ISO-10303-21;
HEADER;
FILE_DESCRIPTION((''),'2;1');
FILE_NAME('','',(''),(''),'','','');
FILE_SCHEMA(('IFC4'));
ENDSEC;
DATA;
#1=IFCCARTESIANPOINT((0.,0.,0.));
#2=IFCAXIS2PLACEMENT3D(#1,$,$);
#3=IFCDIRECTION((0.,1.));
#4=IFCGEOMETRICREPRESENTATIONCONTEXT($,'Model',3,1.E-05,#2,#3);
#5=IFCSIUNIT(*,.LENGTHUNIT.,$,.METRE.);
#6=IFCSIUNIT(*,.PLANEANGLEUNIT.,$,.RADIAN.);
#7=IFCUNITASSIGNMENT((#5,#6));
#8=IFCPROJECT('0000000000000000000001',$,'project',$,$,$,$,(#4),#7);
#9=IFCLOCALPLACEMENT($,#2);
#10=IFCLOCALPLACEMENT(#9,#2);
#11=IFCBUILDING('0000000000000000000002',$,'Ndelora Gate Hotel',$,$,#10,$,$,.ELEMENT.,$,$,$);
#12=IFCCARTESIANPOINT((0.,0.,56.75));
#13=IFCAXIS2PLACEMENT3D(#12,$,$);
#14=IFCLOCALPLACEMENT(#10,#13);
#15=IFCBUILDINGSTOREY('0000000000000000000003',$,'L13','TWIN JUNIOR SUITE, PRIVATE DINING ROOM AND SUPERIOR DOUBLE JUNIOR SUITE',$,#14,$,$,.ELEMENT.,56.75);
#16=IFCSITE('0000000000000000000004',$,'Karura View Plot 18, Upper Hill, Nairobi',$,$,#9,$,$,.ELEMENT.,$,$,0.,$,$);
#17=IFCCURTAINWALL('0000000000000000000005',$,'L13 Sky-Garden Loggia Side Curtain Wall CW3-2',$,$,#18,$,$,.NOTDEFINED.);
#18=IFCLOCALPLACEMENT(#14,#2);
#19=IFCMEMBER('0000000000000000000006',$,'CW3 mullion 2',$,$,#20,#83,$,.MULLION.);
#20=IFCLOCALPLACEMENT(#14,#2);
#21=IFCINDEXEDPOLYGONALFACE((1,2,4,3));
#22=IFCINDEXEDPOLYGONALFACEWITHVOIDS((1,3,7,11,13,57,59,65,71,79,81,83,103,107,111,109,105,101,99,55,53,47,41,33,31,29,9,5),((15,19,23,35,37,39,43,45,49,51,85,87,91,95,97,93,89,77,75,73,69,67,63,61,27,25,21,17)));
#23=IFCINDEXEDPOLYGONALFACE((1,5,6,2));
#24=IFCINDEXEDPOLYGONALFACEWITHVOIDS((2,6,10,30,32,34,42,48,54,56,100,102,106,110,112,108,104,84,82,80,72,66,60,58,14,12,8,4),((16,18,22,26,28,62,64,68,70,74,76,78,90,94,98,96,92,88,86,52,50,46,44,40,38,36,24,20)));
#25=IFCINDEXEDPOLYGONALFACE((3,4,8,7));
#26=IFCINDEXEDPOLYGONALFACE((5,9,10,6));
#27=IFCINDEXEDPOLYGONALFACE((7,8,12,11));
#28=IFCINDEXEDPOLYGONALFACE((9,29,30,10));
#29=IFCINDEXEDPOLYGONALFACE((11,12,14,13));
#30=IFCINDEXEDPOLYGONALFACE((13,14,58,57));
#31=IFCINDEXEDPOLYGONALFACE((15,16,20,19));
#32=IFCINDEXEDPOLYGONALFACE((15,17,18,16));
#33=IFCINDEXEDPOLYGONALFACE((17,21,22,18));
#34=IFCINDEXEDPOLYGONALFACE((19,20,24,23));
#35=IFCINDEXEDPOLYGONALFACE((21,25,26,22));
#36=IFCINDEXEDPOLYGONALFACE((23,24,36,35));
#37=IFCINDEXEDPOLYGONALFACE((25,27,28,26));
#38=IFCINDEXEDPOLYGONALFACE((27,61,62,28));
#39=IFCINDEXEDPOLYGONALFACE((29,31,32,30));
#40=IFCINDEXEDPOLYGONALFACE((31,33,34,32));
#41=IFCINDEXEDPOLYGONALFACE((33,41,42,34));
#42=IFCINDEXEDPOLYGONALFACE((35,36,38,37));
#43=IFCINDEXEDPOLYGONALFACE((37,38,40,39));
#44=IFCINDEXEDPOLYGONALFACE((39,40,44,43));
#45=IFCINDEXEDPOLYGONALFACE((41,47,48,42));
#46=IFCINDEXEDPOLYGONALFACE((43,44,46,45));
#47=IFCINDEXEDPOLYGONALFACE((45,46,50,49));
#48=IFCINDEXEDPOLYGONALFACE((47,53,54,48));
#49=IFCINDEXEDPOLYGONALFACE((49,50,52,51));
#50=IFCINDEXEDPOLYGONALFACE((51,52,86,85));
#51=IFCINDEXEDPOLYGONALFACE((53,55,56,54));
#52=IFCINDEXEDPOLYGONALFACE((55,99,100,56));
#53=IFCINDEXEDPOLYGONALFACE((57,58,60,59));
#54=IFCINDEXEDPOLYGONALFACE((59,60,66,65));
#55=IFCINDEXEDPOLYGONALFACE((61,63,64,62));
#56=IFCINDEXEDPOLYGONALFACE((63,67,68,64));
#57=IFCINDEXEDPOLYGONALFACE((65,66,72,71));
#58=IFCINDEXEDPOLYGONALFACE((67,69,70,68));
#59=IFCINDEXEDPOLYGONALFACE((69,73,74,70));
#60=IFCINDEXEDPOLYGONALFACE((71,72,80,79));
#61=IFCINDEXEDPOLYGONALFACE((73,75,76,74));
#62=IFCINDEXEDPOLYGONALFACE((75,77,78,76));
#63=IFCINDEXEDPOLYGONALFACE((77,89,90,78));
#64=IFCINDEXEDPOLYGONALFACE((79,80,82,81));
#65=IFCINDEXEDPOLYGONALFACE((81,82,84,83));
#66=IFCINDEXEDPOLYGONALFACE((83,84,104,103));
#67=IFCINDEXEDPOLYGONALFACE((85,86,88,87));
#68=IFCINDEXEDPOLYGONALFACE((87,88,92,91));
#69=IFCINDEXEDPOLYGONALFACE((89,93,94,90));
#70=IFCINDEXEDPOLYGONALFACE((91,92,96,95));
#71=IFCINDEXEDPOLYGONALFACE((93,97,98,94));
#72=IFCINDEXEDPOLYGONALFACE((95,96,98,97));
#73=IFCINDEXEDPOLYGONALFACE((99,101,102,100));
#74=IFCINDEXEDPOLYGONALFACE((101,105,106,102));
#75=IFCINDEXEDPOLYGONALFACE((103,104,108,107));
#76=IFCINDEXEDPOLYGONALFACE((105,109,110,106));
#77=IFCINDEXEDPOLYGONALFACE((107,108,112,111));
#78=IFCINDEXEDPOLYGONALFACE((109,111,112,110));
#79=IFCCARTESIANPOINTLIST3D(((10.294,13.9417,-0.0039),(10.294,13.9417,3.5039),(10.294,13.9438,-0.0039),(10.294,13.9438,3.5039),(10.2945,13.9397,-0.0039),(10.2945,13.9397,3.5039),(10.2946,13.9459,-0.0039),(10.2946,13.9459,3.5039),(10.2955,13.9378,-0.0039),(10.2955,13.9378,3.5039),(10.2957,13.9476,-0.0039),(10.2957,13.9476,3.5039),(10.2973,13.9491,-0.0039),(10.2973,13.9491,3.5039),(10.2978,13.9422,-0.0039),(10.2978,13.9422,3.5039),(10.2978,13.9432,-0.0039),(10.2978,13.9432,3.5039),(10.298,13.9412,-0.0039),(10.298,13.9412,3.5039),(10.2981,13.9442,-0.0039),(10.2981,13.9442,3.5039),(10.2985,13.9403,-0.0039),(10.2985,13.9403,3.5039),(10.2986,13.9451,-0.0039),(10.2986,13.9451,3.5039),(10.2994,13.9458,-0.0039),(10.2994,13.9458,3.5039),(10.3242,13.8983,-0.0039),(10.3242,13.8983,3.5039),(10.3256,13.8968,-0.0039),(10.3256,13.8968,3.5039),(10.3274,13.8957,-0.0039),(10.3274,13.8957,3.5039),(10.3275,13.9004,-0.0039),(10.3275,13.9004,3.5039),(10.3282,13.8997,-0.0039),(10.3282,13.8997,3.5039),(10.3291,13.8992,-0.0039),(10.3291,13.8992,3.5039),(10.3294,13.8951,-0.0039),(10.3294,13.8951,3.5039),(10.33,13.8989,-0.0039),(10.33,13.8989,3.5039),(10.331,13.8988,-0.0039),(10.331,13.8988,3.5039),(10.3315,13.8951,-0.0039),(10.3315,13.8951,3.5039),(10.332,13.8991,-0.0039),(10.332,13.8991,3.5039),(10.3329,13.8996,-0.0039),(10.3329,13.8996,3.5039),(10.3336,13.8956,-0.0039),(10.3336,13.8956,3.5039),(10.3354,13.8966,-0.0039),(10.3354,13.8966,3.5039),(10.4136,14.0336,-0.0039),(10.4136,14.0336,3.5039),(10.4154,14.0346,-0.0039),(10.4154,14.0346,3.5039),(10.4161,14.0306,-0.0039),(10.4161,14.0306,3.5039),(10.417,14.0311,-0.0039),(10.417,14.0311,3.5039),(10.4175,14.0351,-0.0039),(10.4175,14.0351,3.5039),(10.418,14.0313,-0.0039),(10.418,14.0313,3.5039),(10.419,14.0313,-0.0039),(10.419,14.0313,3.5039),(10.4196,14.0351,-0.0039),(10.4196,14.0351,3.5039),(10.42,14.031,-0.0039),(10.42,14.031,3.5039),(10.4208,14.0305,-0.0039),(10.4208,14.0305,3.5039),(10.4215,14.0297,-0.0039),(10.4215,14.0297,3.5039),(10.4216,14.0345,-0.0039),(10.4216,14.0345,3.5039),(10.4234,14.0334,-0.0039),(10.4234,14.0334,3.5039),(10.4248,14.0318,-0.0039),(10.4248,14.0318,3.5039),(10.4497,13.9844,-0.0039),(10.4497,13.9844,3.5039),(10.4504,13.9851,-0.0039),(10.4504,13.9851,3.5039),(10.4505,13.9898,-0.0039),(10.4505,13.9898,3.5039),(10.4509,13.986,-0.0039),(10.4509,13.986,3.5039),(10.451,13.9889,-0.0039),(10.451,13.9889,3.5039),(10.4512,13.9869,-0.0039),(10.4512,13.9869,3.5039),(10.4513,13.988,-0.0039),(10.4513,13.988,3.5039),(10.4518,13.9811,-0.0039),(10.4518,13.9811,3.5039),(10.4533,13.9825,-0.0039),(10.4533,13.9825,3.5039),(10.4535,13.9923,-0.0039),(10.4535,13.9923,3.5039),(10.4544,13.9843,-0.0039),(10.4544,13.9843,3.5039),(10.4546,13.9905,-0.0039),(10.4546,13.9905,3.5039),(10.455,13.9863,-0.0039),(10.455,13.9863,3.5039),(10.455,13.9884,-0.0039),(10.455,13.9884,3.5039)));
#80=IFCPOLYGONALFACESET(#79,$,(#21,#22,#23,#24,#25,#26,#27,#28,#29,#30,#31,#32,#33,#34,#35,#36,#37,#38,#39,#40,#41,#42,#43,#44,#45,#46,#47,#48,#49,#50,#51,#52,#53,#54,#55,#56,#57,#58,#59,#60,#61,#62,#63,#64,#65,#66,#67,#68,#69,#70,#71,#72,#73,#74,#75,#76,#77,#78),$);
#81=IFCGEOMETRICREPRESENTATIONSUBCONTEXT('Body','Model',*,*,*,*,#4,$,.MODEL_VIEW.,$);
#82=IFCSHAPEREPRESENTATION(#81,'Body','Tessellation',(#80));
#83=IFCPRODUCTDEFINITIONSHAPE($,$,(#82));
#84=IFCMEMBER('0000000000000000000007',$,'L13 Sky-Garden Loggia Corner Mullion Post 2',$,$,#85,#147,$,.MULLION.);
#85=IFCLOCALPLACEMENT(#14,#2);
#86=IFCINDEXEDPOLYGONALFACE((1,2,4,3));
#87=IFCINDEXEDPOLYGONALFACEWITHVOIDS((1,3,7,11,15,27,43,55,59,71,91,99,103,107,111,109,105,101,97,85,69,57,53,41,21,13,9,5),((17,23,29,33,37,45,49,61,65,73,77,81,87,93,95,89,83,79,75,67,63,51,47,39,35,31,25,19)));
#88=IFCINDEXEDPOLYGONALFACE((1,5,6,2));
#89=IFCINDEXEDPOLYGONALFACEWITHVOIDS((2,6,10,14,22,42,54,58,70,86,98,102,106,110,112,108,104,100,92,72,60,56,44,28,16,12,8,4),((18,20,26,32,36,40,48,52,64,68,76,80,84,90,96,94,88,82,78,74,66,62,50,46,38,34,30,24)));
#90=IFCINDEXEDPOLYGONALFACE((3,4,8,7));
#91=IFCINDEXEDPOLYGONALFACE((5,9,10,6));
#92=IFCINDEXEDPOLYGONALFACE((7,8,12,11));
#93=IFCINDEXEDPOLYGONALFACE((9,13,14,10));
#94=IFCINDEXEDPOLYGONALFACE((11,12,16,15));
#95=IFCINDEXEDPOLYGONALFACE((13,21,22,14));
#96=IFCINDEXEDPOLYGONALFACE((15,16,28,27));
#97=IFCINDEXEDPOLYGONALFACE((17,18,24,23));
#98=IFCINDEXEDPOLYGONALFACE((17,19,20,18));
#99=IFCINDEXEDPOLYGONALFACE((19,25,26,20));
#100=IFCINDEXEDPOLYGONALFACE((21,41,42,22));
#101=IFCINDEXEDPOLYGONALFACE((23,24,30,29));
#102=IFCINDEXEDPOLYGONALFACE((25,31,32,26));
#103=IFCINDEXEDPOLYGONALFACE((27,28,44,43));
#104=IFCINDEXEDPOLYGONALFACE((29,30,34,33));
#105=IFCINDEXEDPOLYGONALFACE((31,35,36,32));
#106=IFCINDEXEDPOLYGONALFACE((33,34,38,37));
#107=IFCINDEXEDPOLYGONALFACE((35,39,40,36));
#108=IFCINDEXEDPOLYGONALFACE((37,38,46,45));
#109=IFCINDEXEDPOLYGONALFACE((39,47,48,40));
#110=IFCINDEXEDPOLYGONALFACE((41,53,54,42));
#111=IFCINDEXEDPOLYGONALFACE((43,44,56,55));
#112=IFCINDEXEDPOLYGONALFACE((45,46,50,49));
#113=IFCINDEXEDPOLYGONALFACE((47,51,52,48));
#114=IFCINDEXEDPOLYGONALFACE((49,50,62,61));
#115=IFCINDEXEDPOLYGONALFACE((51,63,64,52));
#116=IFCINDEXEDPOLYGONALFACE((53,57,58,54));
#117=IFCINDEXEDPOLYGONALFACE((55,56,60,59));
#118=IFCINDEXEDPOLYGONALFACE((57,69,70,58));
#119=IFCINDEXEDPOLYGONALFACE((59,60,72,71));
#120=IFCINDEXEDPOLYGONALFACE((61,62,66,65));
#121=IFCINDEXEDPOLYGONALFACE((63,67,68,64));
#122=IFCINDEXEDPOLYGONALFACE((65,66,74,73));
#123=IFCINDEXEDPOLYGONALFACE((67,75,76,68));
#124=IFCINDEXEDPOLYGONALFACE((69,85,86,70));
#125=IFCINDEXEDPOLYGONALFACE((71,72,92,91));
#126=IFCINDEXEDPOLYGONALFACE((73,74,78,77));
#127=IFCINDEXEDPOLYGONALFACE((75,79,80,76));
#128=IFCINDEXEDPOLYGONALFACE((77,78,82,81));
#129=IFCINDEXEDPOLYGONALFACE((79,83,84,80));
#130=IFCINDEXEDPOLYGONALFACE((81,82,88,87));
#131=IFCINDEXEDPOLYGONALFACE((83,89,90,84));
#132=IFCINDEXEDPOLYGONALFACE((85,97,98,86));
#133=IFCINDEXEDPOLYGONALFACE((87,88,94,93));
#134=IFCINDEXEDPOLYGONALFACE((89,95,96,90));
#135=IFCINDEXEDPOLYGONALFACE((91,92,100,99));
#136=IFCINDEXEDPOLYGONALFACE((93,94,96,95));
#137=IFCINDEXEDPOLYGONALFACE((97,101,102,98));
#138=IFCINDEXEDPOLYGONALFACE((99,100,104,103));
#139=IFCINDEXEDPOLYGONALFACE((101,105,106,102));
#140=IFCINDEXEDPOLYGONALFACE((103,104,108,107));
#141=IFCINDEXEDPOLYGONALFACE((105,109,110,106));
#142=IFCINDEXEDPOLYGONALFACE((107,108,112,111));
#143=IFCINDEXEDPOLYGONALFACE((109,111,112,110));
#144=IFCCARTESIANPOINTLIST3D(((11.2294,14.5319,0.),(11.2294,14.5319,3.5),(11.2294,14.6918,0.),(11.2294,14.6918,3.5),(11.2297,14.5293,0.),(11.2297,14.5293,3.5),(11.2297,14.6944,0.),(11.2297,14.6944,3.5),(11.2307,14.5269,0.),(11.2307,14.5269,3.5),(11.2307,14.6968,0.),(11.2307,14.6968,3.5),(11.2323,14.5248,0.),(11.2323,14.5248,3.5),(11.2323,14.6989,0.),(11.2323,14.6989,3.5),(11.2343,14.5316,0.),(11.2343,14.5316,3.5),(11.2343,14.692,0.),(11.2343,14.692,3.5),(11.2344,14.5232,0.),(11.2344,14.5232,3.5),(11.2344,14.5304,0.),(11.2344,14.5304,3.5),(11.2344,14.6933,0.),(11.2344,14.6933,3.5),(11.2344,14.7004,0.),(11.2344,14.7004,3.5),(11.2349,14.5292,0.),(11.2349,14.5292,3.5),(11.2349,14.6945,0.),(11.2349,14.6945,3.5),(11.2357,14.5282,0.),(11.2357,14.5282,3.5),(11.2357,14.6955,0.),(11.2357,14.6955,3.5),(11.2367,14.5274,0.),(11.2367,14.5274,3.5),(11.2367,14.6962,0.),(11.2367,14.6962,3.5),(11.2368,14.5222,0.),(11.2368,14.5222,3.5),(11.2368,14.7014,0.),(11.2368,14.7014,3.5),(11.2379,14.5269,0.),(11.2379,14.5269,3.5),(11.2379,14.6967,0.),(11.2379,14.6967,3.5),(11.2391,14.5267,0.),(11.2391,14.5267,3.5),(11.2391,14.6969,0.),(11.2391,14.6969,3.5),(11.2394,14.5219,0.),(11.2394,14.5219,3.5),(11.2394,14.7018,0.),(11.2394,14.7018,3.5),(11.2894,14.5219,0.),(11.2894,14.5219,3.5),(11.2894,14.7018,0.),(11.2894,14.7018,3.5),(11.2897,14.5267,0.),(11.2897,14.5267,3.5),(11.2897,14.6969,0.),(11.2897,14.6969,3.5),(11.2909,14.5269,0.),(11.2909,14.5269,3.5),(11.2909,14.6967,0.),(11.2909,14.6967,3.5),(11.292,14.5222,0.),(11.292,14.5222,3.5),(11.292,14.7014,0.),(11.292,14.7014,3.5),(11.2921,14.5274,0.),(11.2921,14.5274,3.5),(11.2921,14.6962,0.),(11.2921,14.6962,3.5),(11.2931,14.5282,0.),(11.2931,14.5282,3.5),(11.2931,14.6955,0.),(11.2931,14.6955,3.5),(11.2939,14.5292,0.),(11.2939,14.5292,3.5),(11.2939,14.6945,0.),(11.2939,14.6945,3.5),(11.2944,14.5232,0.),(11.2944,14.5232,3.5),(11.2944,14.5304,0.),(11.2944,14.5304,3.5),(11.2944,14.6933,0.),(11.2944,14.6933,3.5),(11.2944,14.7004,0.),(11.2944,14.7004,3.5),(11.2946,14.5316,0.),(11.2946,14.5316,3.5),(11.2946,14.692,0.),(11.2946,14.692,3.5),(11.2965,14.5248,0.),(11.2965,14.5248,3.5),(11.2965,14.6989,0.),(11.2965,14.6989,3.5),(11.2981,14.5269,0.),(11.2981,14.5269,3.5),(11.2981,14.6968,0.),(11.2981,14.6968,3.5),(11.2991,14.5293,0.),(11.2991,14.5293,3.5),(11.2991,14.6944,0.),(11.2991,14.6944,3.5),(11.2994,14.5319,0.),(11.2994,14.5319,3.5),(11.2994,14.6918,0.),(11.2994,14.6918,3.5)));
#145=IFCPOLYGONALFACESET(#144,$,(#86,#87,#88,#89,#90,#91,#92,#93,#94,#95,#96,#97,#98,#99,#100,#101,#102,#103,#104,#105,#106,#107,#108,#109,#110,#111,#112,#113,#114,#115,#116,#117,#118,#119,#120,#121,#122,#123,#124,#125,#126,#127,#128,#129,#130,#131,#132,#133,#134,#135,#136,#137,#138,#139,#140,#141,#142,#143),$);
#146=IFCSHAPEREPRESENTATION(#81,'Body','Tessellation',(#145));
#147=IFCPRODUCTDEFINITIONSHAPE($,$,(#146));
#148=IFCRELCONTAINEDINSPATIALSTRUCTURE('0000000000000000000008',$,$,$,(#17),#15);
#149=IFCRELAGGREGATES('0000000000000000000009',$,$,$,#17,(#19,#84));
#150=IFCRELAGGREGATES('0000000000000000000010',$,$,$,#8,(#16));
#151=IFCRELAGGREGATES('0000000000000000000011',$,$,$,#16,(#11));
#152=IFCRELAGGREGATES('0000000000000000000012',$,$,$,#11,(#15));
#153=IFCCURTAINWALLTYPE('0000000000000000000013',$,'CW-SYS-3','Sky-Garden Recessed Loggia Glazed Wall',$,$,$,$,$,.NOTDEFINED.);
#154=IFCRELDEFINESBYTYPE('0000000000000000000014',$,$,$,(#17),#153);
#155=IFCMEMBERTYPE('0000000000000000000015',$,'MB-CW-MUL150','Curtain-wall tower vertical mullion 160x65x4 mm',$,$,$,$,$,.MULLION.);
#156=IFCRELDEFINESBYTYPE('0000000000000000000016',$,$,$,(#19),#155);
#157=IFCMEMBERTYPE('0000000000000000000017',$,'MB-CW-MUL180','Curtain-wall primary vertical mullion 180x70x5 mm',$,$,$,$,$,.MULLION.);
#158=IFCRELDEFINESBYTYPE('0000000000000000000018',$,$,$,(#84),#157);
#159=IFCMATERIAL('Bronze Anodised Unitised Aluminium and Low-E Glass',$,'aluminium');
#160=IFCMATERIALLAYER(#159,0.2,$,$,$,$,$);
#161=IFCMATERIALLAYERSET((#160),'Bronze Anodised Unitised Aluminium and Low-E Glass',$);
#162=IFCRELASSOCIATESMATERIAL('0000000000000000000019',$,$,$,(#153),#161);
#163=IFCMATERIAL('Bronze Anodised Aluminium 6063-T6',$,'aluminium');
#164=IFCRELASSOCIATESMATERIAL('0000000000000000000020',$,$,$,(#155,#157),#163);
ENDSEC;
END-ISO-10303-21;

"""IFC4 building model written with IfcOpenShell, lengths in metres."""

from ifc_helpers import new_model, si_unit, direction, frame, origin, origin_2d, place, context, subcontext, project, spatial, hollow_rectangle, extrude, material, layer, layer_set, material_profile, profile_set, type_object, element, aggregate, save


model = new_model("IFC4")

# Units and contexts
model_context = context("Model", 3, precision=1e-05, world=origin(), true_north=direction((0.0, 1.0)))
body_context = subcontext(model_context, "Body", "Model", "MODEL_VIEW")
ifc_project = project(units=[si_unit("LENGTHUNIT", "METRE"), si_unit("PLANEANGLEUNIT", "RADIAN")], contexts=[model_context])

# Site, building, storey
site_placement = place(None, origin())
site = spatial("IfcSite", under=ifc_project, at=site_placement, Name="Karura View Plot 18, Upper Hill, Nairobi", CompositionType="ELEMENT", RefElevation=0.0)
building_placement = place(site_placement, origin())
building = spatial("IfcBuilding", under=site, at=building_placement, Name="Ndelora Gate Hotel", CompositionType="ELEMENT")
storey_placement = place(building_placement, frame((0.0, 0.0, 56.75)))
storey = spatial("IfcBuildingStorey", under=building, at=storey_placement, Name="L13", Description="TWIN JUNIOR SUITE, PRIVATE DINING ROOM AND SUPERIOR DOUBLE JUNIOR SUITE", CompositionType="ELEMENT", Elevation=56.75)

# Curtain wall, members
ifc_material_1 = material(Name="Bronze Anodised Unitised Aluminium and Low-E Glass", Category="aluminium")
ifc_layer_1 = layer(ifc_material_1, 0.2)
ifc_layer_set_1 = layer_set([ifc_layer_1], Name="Bronze Anodised Unitised Aluminium and Low-E Glass")
curtain_wall_type = type_object("IfcCurtainWallType", Name="CW-SYS-3", Description="Sky-Garden Recessed Loggia Glazed Wall", PredefinedType="NOTDEFINED", material=ifc_layer_set_1)
curtain_wall_placement = place(storey_placement, origin())
curtain_wall = element("IfcCurtainWall", 1, at=curtain_wall_placement, inside=storey, type_object=curtain_wall_type, Name="L13 Sky-Garden Loggia Side Curtain Wall CW3-2", PredefinedType="NOTDEFINED")
ifc_material_2 = material(Name="Bronze Anodised Aluminium 6063-T6", Category="aluminium")
ifc_material_profile_1 = material_profile(ifc_material_2, hollow_rectangle(XDim=0.0649, YDim=0.1599, WallThickness=0.0039, InnerFilletRadius=0.0039, OuterFilletRadius=0.0081, at=origin_2d()), Name="ALU 160x65x4")
ifc_profile_set_1 = profile_set([ifc_material_profile_1], Name="Bronze Anodised Aluminium 6063-T6")
member_type_1 = type_object("IfcMemberType", Name="MB-CW-MUL150", Description="Curtain-wall tower vertical mullion 160x65x4 mm", PredefinedType="MULLION", material=ifc_profile_set_1)
member_1_placement = place(storey_placement, frame((10.3745, 13.9651, -0.0039), z_axis=(0.0, 0.0, 1.0), x_axis=(0.587785, -0.809017, 0.0)))
member_1 = element("IfcMember", 2, at=member_1_placement, type_object=member_type_1, Name="CW3 mullion 2", PredefinedType="MULLION", context=body_context, shape_type="SweptSolid", body=[
    extrude(hollow_rectangle(XDim=0.0649, YDim=0.1599, WallThickness=0.0039, InnerFilletRadius=0.0039, OuterFilletRadius=0.0081, at=origin_2d()), origin(), (0.0, 0.0, 1.0), 3.5078),
])
ifc_material_profile_2 = material_profile(ifc_material_2, hollow_rectangle(XDim=0.0701, YDim=0.1799, WallThickness=0.0049, InnerFilletRadius=0.0049, OuterFilletRadius=0.01, at=origin_2d()), Name="ALU 180x70x5")
ifc_profile_set_2 = profile_set([ifc_material_profile_2], Name="Bronze Anodised Aluminium 6063-T6")
member_type_2 = type_object("IfcMemberType", Name="MB-CW-MUL180", Description="Curtain-wall primary vertical mullion 180x70x5 mm", PredefinedType="MULLION", material=ifc_profile_set_2)
member_2_placement = place(storey_placement, frame((11.2644, 14.6118, 0.0), z_axis=(0.0, 0.0, 1.0), x_axis=(1.0, 0.0, 0.0)))
member_2 = element("IfcMember", 3, at=member_2_placement, type_object=member_type_2, Name="L13 Sky-Garden Loggia Corner Mullion Post 2", PredefinedType="MULLION", context=body_context, shape_type="SweptSolid", body=[
    extrude(hollow_rectangle(XDim=0.0701, YDim=0.1799, WallThickness=0.0049, InnerFilletRadius=0.0049, OuterFilletRadius=0.01, at=origin_2d()), origin(), (0.0, 0.0, 1.0), 3.5),
])
aggregate(curtain_wall, [member_1, member_2])

save(model, "model.ifc")
